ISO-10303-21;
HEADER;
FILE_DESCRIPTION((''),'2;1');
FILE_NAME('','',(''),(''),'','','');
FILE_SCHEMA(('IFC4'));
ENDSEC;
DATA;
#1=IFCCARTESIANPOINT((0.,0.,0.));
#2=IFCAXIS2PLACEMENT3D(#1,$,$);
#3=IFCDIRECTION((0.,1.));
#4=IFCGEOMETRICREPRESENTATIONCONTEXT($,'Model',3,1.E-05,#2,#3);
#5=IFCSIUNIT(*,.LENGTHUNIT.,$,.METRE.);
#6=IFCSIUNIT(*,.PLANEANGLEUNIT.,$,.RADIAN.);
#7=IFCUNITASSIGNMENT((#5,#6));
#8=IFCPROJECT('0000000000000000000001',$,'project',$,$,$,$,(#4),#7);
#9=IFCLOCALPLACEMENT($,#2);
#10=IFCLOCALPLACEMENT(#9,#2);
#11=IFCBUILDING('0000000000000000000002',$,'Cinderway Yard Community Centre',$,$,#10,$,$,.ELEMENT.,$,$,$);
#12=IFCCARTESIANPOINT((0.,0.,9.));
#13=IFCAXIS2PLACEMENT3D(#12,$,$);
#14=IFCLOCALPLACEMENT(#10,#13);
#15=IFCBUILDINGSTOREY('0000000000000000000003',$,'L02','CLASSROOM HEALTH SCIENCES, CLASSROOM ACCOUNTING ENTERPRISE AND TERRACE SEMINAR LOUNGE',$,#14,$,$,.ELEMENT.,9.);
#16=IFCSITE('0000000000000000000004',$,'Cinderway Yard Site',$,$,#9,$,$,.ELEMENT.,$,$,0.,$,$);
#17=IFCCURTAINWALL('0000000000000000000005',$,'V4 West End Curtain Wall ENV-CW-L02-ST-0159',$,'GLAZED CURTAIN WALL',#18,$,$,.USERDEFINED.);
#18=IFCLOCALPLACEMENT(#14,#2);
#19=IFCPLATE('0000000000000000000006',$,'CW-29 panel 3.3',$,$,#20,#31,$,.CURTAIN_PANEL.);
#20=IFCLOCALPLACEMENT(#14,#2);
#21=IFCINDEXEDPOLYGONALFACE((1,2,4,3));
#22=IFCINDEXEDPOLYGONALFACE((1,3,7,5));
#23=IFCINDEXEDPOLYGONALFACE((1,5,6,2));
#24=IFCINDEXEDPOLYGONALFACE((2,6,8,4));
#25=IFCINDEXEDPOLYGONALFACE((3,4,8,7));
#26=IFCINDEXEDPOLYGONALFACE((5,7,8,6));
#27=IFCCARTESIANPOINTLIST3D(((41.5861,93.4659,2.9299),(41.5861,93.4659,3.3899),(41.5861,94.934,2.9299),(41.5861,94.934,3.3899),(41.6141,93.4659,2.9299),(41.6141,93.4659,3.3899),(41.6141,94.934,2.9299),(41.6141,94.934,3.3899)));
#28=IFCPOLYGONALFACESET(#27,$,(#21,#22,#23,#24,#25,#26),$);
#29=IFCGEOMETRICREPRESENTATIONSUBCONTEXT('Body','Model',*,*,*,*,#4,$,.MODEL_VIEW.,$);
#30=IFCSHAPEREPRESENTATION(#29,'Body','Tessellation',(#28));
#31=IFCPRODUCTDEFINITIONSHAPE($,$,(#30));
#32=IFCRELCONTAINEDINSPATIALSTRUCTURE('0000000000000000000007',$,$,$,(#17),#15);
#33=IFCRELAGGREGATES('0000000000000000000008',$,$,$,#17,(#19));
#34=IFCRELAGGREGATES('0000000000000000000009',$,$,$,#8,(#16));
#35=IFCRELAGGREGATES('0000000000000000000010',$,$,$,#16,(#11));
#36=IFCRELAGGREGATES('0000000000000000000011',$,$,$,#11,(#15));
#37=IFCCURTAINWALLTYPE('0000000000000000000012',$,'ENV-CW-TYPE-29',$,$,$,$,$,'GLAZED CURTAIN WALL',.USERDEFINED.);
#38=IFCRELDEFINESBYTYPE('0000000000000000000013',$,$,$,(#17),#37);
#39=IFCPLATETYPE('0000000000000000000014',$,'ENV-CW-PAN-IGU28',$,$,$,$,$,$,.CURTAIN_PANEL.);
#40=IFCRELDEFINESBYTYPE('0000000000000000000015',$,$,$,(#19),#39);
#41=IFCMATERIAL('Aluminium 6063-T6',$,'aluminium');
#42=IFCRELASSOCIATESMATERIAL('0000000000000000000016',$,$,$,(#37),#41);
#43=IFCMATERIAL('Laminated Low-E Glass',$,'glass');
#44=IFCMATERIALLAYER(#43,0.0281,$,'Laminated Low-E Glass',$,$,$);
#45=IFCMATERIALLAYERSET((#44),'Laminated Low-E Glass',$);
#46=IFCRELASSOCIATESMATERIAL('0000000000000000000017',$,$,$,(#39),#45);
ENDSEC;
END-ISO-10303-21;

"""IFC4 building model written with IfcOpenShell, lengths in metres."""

from ifc_helpers import new_model, si_unit, direction, frame, origin, origin_2d, place, context, subcontext, project, spatial, rectangle, extrude, material, layer, layer_set, type_object, element, aggregate, save


model = new_model("IFC4")

# Units and contexts
model_context = context("Model", 3, precision=1e-05, world=origin(), true_north=direction((0.0, 1.0)))
body_context = subcontext(model_context, "Body", "Model", "MODEL_VIEW")
ifc_project = project(units=[si_unit("LENGTHUNIT", "METRE"), si_unit("PLANEANGLEUNIT", "RADIAN")], contexts=[model_context])

# Site, building, storey
site_placement = place(None, origin())
site = spatial("IfcSite", under=ifc_project, at=site_placement, Name="Cinderway Yard Site", CompositionType="ELEMENT", RefElevation=0.0)
building_placement = place(site_placement, origin())
building = spatial("IfcBuilding", under=site, at=building_placement, Name="Cinderway Yard Community Centre", CompositionType="ELEMENT")
storey_placement = place(building_placement, frame((0.0, 0.0, 9.0)))
storey = spatial("IfcBuildingStorey", under=building, at=storey_placement, Name="L02", Description="CLASSROOM HEALTH SCIENCES, CLASSROOM ACCOUNTING ENTERPRISE AND TERRACE SEMINAR LOUNGE", CompositionType="ELEMENT", Elevation=9.0)

# Curtain wall
ifc_material_1 = material(Name="Aluminium 6063-T6", Category="aluminium")
curtain_wall_type = type_object("IfcCurtainWallType", Name="ENV-CW-TYPE-29", ElementType="GLAZED CURTAIN WALL", PredefinedType="USERDEFINED", material=ifc_material_1)
curtain_wall_placement = place(storey_placement, origin())
curtain_wall = element("IfcCurtainWall", 1, at=curtain_wall_placement, inside=storey, type_object=curtain_wall_type, Name="V4 West End Curtain Wall ENV-CW-L02-ST-0159", ObjectType="GLAZED CURTAIN WALL", PredefinedType="USERDEFINED")

# Plate
ifc_material_2 = material(Name="Laminated Low-E Glass", Category="glass")
ifc_layer = layer(ifc_material_2, 0.0281, Name="Laminated Low-E Glass")
ifc_layer_set = layer_set([ifc_layer], Name="Laminated Low-E Glass")
plate_type = type_object("IfcPlateType", Name="ENV-CW-PAN-IGU28", PredefinedType="CURTAIN_PANEL", material=ifc_layer_set)
plate_1_placement = place(storey_placement, frame((41.6001, 94.2, 2.9299), z_axis=(0.0, 0.0, 1.0), x_axis=(0.0, 1.0, 0.0)))
plate_1 = element("IfcPlate", 2, at=plate_1_placement, type_object=plate_type, Name="CW-29 panel 3.3", PredefinedType="CURTAIN_PANEL", context=body_context, shape_type="SweptSolid", body=[
    extrude(rectangle(XDim=1.468, YDim=0.0281, at=origin_2d()), origin(), (0.0, 0.0, 1.0), 0.46),
])
aggregate(curtain_wall, [plate_1])

save(model, "model.ifc")
